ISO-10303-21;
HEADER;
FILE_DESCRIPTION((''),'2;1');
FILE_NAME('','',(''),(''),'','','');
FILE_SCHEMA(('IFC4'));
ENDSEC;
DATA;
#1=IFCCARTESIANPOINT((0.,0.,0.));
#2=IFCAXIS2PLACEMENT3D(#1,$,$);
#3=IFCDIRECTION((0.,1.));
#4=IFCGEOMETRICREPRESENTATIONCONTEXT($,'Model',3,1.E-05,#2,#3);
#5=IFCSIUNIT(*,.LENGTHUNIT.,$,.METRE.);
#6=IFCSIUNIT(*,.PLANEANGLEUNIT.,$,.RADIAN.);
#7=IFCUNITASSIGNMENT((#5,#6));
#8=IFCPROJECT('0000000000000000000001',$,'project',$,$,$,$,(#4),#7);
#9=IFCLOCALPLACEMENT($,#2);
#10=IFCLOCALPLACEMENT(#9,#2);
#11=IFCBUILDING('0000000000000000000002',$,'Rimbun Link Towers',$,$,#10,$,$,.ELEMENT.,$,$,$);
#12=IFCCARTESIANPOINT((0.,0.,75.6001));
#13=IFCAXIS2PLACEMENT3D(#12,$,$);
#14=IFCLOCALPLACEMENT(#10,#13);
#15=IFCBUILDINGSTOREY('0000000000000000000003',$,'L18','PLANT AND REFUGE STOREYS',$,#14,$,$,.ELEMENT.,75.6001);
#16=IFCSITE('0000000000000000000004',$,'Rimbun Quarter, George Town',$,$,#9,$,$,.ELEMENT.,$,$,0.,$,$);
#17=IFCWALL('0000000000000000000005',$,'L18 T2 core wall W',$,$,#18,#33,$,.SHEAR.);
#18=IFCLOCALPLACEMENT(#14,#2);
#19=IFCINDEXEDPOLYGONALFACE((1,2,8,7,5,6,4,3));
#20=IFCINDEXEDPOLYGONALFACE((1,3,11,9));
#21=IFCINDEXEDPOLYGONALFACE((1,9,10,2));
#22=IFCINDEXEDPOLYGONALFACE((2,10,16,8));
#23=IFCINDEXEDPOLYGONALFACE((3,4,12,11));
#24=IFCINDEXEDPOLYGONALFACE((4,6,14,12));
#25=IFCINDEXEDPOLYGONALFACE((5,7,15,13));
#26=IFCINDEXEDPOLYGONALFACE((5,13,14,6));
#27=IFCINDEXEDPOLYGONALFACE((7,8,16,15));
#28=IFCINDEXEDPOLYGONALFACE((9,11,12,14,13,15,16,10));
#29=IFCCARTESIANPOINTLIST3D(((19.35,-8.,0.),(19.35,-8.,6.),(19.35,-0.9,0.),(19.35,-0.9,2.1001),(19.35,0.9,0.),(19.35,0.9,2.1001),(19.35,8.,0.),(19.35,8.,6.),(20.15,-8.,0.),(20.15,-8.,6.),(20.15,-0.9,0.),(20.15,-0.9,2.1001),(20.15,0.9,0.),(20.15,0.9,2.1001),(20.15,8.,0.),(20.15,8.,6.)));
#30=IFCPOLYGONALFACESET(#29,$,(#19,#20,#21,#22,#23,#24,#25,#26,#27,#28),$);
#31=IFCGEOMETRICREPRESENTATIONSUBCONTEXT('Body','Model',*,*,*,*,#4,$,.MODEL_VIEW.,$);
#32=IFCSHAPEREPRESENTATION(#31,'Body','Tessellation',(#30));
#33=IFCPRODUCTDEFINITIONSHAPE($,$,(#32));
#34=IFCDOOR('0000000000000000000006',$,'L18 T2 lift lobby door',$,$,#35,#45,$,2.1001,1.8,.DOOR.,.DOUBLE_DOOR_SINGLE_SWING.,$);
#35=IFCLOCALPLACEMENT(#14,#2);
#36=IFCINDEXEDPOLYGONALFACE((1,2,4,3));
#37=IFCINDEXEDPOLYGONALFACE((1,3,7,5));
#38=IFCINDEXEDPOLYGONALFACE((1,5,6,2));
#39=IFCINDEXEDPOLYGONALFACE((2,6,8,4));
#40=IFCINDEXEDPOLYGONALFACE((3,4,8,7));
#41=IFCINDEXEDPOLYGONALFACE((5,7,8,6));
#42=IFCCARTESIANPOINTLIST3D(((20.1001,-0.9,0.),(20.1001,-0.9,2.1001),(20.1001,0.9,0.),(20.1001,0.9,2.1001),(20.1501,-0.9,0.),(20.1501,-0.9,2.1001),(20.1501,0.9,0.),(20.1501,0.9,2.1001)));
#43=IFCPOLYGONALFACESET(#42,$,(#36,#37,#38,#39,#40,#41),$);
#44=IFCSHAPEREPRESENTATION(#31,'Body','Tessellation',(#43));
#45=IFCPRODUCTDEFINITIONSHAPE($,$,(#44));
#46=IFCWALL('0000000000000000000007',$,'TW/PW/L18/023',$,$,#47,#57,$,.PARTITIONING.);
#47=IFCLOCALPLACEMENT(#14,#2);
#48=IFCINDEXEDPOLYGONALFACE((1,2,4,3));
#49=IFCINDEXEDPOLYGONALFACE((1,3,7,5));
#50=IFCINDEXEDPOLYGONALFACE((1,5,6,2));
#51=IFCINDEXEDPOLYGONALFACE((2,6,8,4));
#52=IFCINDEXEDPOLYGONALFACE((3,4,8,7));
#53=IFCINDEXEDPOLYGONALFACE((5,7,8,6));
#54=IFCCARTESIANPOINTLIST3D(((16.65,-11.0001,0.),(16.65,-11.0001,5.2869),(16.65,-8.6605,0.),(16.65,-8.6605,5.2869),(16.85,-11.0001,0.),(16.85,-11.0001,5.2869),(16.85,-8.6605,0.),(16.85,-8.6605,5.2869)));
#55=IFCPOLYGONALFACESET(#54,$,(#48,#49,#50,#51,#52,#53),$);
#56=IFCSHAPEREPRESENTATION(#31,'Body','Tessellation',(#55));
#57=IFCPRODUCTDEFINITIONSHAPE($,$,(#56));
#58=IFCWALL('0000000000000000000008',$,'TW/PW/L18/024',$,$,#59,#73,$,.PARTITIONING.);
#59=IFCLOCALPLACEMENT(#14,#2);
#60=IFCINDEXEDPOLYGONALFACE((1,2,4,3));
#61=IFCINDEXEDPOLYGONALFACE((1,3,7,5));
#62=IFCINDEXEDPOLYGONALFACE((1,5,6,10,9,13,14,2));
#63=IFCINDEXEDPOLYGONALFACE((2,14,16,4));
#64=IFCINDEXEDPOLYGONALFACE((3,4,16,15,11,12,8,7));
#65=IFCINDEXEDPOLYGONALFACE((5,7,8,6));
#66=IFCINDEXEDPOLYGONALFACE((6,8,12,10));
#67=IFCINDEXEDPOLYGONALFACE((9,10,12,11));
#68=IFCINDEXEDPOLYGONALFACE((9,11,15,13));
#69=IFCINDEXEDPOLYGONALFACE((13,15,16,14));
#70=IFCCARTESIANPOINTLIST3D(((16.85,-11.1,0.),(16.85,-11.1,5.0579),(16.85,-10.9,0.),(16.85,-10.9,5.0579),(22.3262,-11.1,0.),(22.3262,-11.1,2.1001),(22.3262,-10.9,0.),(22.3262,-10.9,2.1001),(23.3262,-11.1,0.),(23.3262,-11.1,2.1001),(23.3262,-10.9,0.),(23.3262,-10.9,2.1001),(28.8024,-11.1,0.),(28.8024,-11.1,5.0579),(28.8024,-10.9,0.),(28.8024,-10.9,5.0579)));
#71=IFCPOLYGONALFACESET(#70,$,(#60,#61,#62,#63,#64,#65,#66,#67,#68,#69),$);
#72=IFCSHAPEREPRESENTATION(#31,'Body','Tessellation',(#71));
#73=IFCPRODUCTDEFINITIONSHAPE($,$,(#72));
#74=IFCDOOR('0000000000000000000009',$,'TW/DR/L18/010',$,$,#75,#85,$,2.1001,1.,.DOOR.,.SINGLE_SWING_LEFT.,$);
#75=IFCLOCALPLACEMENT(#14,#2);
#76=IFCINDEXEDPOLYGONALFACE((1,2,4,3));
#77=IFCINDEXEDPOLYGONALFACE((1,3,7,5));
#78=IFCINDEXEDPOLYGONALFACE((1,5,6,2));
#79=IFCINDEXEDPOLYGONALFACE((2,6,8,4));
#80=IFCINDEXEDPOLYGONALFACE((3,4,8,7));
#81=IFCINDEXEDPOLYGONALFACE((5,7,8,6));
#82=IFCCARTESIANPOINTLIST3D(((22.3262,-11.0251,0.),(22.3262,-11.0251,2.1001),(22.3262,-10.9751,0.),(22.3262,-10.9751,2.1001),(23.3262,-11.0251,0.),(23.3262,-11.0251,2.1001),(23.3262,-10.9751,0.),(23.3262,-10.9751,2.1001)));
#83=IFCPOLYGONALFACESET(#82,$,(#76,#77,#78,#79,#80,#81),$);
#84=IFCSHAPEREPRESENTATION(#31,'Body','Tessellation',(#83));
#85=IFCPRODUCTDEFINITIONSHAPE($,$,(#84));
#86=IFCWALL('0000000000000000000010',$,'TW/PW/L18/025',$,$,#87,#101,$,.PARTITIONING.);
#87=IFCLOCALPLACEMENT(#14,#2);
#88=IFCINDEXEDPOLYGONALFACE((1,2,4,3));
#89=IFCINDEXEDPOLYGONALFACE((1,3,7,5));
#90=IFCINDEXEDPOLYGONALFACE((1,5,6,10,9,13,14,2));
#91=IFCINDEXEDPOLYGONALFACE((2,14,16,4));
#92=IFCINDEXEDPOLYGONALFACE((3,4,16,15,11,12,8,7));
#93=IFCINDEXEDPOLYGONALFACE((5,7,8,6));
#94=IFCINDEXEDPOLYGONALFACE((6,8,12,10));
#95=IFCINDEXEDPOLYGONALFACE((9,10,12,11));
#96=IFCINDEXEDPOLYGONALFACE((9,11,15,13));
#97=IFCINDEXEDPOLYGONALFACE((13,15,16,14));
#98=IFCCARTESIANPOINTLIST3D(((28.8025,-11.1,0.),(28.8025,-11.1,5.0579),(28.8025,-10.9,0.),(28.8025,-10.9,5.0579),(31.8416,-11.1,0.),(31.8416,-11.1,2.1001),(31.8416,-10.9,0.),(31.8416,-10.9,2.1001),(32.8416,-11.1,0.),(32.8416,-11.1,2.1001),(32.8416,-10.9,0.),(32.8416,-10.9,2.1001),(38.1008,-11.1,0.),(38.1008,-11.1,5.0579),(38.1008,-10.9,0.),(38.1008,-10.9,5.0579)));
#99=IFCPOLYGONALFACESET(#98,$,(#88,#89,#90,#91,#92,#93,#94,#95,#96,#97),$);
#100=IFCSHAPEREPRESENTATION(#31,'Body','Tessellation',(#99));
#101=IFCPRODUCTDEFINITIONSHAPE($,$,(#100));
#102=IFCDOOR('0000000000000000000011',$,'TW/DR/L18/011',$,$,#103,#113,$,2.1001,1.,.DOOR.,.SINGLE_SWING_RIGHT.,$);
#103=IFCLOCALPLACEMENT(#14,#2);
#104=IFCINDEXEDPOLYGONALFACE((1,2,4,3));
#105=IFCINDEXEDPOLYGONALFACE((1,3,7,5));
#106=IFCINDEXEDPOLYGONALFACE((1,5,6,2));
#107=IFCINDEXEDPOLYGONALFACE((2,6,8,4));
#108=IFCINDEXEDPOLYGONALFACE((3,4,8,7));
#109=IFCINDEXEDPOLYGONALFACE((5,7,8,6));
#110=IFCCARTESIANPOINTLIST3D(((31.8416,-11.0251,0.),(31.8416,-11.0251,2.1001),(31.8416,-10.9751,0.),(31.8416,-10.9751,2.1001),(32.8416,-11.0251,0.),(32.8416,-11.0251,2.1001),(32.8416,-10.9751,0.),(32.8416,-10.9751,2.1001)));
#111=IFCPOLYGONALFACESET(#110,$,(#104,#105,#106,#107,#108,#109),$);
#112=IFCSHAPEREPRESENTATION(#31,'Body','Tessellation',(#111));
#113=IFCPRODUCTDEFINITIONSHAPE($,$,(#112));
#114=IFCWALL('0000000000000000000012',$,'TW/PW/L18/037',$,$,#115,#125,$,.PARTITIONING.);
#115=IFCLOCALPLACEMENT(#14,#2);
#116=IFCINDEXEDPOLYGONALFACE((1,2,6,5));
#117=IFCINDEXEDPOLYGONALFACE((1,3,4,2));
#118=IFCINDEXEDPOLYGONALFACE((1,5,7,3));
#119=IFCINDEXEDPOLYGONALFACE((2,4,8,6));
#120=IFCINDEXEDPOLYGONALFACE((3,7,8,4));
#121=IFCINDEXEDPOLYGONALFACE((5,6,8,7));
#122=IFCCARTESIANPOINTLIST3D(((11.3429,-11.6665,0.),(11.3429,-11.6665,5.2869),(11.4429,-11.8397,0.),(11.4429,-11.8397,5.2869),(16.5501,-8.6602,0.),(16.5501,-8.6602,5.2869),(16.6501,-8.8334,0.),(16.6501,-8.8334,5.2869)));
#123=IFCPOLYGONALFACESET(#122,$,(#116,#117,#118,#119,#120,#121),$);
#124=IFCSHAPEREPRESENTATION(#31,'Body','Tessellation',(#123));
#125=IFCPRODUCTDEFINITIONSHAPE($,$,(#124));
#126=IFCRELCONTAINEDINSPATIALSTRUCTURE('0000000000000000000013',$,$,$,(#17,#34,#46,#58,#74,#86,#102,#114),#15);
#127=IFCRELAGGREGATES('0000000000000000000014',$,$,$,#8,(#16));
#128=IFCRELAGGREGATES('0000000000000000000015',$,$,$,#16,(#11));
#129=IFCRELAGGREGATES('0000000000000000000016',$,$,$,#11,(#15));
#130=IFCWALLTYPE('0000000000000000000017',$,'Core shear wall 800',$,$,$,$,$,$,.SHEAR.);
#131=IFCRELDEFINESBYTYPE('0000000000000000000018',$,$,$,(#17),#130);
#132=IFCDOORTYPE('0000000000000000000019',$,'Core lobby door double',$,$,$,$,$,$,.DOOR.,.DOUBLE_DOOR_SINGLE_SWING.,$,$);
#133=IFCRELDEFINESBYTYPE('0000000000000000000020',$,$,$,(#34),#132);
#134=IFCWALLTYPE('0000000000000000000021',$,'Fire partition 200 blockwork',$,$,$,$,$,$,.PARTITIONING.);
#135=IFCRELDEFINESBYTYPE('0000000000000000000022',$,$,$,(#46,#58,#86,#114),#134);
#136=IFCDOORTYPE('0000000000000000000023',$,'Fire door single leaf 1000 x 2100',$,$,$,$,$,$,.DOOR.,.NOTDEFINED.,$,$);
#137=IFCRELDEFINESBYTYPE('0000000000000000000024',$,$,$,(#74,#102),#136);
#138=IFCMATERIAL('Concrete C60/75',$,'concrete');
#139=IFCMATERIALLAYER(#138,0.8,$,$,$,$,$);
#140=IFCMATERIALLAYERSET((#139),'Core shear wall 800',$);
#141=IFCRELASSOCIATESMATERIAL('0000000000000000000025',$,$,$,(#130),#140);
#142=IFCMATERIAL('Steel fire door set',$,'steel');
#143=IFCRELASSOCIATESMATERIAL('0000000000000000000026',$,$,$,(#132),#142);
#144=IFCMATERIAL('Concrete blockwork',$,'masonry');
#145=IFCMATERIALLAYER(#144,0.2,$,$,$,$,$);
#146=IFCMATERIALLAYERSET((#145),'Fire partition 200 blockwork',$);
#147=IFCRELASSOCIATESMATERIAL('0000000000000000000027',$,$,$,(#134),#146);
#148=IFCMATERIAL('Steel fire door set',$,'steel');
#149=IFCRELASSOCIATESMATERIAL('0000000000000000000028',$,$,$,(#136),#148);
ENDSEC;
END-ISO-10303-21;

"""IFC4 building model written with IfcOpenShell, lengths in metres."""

from ifc_helpers import new_model, si_unit, direction, frame, frame_2d, origin, place, context, subcontext, project, spatial, rectangle, extrude, material, layer, layer_set, type_object, element, fill, save


model = new_model("IFC4")

# Units and contexts
model_context = context("Model", 3, precision=1e-05, world=origin(), true_north=direction((0.0, 1.0)))
body_context = subcontext(model_context, "Body", "Model", "MODEL_VIEW")
ifc_project = project(units=[si_unit("LENGTHUNIT", "METRE"), si_unit("PLANEANGLEUNIT", "RADIAN")], contexts=[model_context])

# Site, building, storey
site_placement = place(None, origin())
site = spatial("IfcSite", under=ifc_project, at=site_placement, Name="Rimbun Quarter, George Town", CompositionType="ELEMENT", RefElevation=0.0)
building_placement = place(site_placement, origin())
building = spatial("IfcBuilding", under=site, at=building_placement, Name="Rimbun Link Towers", CompositionType="ELEMENT")
storey_placement = place(building_placement, frame((0.0, 0.0, 75.6001)))
storey = spatial("IfcBuildingStorey", under=building, at=storey_placement, Name="L18", Description="PLANT AND REFUGE STOREYS", CompositionType="ELEMENT", Elevation=75.6001)

# Shared definitions
ifc_material_1 = material(Name="Concrete C60/75", Category="concrete")
ifc_layer_1 = layer(ifc_material_1, 0.8)
ifc_layer_set_1 = layer_set([ifc_layer_1], Name="Core shear wall 800")
wall_type_1 = type_object("IfcWallType", Name="Core shear wall 800", PredefinedType="SHEAR", material=ifc_layer_set_1)

# Wall, opening, door
wall_1_placement = place(storey_placement, frame((19.75, -8.0, 0.0), z_axis=(0.0, 0.0, 1.0), x_axis=(0.0, 1.0, 0.0)))
wall_1 = element("IfcWall", 1, at=wall_1_placement, inside=storey, type_object=wall_type_1, Name="L18 T2 core wall W", PredefinedType="SHEAR", context=body_context, shape_type="SweptSolid", body=[
    extrude(rectangle(XDim=16.0, YDim=0.8, at=frame_2d((8.0, 0.0))), origin(), (0.0, 0.0, 1.0), 6.0),
])
opening_1_placement = place(wall_1_placement, frame((7.1001, 0.0, 0.0)))
opening_1 = element("IfcOpeningElement", 2, at=opening_1_placement, cuts=wall_1, PredefinedType="OPENING", context=body_context, shape_type="SweptSolid", body=[
    extrude(rectangle(XDim=1.8, YDim=2.1001, at=frame_2d((0.8999, 1.05))), frame((0.0, 0.4099, 0.0), z_axis=(0.0, -1.0, 0.0), x_axis=(1.0, 0.0, 0.0)), (0.0, 0.0, 1.0), 0.8201),
])
ifc_material_2 = material(Name="Steel fire door set", Category="steel")
door_type_1 = type_object("IfcDoorType", Name="Core lobby door double", OperationType="DOUBLE_DOOR_SINGLE_SWING", PredefinedType="DOOR", material=ifc_material_2)
door_1_placement = place(opening_1_placement, origin())
door_1 = element("IfcDoor", 3, at=door_1_placement, inside=storey, type_object=door_type_1, Name="L18 T2 lift lobby door", OperationType="DOUBLE_DOOR_SINGLE_SWING", OverallHeight=2.1001, OverallWidth=1.8, PredefinedType="DOOR", context=body_context, shape_type="SweptSolid", body=[
    extrude(rectangle(XDim=1.8, YDim=2.1001, at=frame_2d((0.8999, 1.05))), frame((0.0, -0.3501, 0.0), z_axis=(0.0, -1.0, 0.0), x_axis=(1.0, 0.0, 0.0)), (0.0, 0.0, 1.0), 0.05),
])
fill(opening_1, door_1)

# Wall
ifc_material_3 = material(Name="Concrete blockwork", Category="masonry")
ifc_layer_2 = layer(ifc_material_3, 0.2)
ifc_layer_set_2 = layer_set([ifc_layer_2], Name="Fire partition 200 blockwork")
wall_type_2 = type_object("IfcWallType", Name="Fire partition 200 blockwork", PredefinedType="PARTITIONING", material=ifc_layer_set_2)
wall_2_placement = place(storey_placement, frame((16.75, -8.6604, 0.0), z_axis=(0.0, 0.0, 1.0), x_axis=(0.0, -1.0, 0.0)))
element("IfcWall", 4, at=wall_2_placement, inside=storey, type_object=wall_type_2, Name="TW/PW/L18/023", PredefinedType="PARTITIONING", context=body_context, shape_type="SweptSolid", body=[
    extrude(rectangle(XDim=2.3396, YDim=0.2, at=frame_2d((1.1699, 0.0))), origin(), (0.0, 0.0, 1.0), 5.2869),
])

# Walls, openings, doors
wall_3_placement = place(storey_placement, frame((16.8501, -11.0, 0.0), z_axis=(0.0, 0.0, 1.0), x_axis=(1.0, 0.0, 0.0)))
wall_3 = element("IfcWall", 5, at=wall_3_placement, inside=storey, type_object=wall_type_2, Name="TW/PW/L18/024", PredefinedType="PARTITIONING", context=body_context, shape_type="SweptSolid", body=[
    extrude(rectangle(XDim=11.9524, YDim=0.2, at=frame_2d((5.9761, 0.0))), origin(), (0.0, 0.0, 1.0), 5.0579),
])
opening_2_placement = place(wall_3_placement, frame((5.4761, 0.0, 0.0)))
opening_2 = element("IfcOpeningElement", 6, at=opening_2_placement, cuts=wall_3, PredefinedType="OPENING", context=body_context, shape_type="SweptSolid", body=[
    extrude(rectangle(XDim=1.0, YDim=2.1001, at=frame_2d((0.5, 1.05))), frame((0.0, 0.1099, 0.0), z_axis=(0.0, -1.0, 0.0), x_axis=(1.0, 0.0, 0.0)), (0.0, 0.0, 1.0), 0.22),
])
ifc_material_4 = material(Name="Steel fire door set", Category="steel")
door_type_2 = type_object("IfcDoorType", Name="Fire door single leaf 1000 x 2100", OperationType="NOTDEFINED", PredefinedType="DOOR", material=ifc_material_4)
door_2_placement = place(opening_2_placement, origin())
door_2 = element("IfcDoor", 7, at=door_2_placement, inside=storey, type_object=door_type_2, Name="TW/DR/L18/010", OperationType="SINGLE_SWING_LEFT", OverallHeight=2.1001, OverallWidth=1.0, PredefinedType="DOOR", context=body_context, shape_type="SweptSolid", body=[
    extrude(rectangle(XDim=1.0, YDim=2.1001, at=frame_2d((0.5, 1.05))), frame((0.0, 0.0249, 0.0), z_axis=(0.0, -1.0, 0.0), x_axis=(1.0, 0.0, 0.0)), (0.0, 0.0, 1.0), 0.05),
])
fill(opening_2, door_2)
wall_4_placement = place(storey_placement, frame((28.8025, -11.0, 0.0), z_axis=(0.0, 0.0, 1.0), x_axis=(1.0, 0.0, 0.0)))
wall_4 = element("IfcWall", 8, at=wall_4_placement, inside=storey, type_object=wall_type_2, Name="TW/PW/L18/025", PredefinedType="PARTITIONING", context=body_context, shape_type="SweptSolid", body=[
    extrude(rectangle(XDim=9.2983, YDim=0.2, at=frame_2d((4.6492, 0.0))), origin(), (0.0, 0.0, 1.0), 5.0579),
])
opening_3_placement = place(wall_4_placement, frame((3.0391, 0.0, 0.0)))
opening_3 = element("IfcOpeningElement", 9, at=opening_3_placement, cuts=wall_4, PredefinedType="OPENING", context=body_context, shape_type="SweptSolid", body=[
    extrude(rectangle(XDim=1.0, YDim=2.1001, at=frame_2d((0.5, 1.05))), frame((0.0, 0.1099, 0.0), z_axis=(0.0, -1.0, 0.0), x_axis=(1.0, 0.0, 0.0)), (0.0, 0.0, 1.0), 0.22),
])
door_3_placement = place(opening_3_placement, origin())
door_3 = element("IfcDoor", 10, at=door_3_placement, inside=storey, type_object=door_type_2, Name="TW/DR/L18/011", OperationType="SINGLE_SWING_RIGHT", OverallHeight=2.1001, OverallWidth=1.0, PredefinedType="DOOR", context=body_context, shape_type="SweptSolid", body=[
    extrude(rectangle(XDim=1.0, YDim=2.1001, at=frame_2d((0.5, 1.05))), frame((0.0, 0.0249, 0.0), z_axis=(0.0, -1.0, 0.0), x_axis=(1.0, 0.0, 0.0)), (0.0, 0.0, 1.0), 0.05),
])
fill(opening_3, door_3)

# Wall
wall_5_placement = place(storey_placement, frame((16.6001, -8.7468, 0.0), z_axis=(0.0, 0.0, 1.0), x_axis=(-0.866031, -0.499991, 0.0)))
element("IfcWall", 11, at=wall_5_placement, inside=storey, type_object=wall_type_2, Name="TW/PW/L18/037", PredefinedType="PARTITIONING", context=body_context, shape_type="SweptSolid", body=[
    extrude(rectangle(XDim=6.0127, YDim=0.2, at=frame_2d((3.0063, 0.0))), origin(), (0.0, 0.0, 1.0), 5.2869),
])

save(model, "model.ifc")
